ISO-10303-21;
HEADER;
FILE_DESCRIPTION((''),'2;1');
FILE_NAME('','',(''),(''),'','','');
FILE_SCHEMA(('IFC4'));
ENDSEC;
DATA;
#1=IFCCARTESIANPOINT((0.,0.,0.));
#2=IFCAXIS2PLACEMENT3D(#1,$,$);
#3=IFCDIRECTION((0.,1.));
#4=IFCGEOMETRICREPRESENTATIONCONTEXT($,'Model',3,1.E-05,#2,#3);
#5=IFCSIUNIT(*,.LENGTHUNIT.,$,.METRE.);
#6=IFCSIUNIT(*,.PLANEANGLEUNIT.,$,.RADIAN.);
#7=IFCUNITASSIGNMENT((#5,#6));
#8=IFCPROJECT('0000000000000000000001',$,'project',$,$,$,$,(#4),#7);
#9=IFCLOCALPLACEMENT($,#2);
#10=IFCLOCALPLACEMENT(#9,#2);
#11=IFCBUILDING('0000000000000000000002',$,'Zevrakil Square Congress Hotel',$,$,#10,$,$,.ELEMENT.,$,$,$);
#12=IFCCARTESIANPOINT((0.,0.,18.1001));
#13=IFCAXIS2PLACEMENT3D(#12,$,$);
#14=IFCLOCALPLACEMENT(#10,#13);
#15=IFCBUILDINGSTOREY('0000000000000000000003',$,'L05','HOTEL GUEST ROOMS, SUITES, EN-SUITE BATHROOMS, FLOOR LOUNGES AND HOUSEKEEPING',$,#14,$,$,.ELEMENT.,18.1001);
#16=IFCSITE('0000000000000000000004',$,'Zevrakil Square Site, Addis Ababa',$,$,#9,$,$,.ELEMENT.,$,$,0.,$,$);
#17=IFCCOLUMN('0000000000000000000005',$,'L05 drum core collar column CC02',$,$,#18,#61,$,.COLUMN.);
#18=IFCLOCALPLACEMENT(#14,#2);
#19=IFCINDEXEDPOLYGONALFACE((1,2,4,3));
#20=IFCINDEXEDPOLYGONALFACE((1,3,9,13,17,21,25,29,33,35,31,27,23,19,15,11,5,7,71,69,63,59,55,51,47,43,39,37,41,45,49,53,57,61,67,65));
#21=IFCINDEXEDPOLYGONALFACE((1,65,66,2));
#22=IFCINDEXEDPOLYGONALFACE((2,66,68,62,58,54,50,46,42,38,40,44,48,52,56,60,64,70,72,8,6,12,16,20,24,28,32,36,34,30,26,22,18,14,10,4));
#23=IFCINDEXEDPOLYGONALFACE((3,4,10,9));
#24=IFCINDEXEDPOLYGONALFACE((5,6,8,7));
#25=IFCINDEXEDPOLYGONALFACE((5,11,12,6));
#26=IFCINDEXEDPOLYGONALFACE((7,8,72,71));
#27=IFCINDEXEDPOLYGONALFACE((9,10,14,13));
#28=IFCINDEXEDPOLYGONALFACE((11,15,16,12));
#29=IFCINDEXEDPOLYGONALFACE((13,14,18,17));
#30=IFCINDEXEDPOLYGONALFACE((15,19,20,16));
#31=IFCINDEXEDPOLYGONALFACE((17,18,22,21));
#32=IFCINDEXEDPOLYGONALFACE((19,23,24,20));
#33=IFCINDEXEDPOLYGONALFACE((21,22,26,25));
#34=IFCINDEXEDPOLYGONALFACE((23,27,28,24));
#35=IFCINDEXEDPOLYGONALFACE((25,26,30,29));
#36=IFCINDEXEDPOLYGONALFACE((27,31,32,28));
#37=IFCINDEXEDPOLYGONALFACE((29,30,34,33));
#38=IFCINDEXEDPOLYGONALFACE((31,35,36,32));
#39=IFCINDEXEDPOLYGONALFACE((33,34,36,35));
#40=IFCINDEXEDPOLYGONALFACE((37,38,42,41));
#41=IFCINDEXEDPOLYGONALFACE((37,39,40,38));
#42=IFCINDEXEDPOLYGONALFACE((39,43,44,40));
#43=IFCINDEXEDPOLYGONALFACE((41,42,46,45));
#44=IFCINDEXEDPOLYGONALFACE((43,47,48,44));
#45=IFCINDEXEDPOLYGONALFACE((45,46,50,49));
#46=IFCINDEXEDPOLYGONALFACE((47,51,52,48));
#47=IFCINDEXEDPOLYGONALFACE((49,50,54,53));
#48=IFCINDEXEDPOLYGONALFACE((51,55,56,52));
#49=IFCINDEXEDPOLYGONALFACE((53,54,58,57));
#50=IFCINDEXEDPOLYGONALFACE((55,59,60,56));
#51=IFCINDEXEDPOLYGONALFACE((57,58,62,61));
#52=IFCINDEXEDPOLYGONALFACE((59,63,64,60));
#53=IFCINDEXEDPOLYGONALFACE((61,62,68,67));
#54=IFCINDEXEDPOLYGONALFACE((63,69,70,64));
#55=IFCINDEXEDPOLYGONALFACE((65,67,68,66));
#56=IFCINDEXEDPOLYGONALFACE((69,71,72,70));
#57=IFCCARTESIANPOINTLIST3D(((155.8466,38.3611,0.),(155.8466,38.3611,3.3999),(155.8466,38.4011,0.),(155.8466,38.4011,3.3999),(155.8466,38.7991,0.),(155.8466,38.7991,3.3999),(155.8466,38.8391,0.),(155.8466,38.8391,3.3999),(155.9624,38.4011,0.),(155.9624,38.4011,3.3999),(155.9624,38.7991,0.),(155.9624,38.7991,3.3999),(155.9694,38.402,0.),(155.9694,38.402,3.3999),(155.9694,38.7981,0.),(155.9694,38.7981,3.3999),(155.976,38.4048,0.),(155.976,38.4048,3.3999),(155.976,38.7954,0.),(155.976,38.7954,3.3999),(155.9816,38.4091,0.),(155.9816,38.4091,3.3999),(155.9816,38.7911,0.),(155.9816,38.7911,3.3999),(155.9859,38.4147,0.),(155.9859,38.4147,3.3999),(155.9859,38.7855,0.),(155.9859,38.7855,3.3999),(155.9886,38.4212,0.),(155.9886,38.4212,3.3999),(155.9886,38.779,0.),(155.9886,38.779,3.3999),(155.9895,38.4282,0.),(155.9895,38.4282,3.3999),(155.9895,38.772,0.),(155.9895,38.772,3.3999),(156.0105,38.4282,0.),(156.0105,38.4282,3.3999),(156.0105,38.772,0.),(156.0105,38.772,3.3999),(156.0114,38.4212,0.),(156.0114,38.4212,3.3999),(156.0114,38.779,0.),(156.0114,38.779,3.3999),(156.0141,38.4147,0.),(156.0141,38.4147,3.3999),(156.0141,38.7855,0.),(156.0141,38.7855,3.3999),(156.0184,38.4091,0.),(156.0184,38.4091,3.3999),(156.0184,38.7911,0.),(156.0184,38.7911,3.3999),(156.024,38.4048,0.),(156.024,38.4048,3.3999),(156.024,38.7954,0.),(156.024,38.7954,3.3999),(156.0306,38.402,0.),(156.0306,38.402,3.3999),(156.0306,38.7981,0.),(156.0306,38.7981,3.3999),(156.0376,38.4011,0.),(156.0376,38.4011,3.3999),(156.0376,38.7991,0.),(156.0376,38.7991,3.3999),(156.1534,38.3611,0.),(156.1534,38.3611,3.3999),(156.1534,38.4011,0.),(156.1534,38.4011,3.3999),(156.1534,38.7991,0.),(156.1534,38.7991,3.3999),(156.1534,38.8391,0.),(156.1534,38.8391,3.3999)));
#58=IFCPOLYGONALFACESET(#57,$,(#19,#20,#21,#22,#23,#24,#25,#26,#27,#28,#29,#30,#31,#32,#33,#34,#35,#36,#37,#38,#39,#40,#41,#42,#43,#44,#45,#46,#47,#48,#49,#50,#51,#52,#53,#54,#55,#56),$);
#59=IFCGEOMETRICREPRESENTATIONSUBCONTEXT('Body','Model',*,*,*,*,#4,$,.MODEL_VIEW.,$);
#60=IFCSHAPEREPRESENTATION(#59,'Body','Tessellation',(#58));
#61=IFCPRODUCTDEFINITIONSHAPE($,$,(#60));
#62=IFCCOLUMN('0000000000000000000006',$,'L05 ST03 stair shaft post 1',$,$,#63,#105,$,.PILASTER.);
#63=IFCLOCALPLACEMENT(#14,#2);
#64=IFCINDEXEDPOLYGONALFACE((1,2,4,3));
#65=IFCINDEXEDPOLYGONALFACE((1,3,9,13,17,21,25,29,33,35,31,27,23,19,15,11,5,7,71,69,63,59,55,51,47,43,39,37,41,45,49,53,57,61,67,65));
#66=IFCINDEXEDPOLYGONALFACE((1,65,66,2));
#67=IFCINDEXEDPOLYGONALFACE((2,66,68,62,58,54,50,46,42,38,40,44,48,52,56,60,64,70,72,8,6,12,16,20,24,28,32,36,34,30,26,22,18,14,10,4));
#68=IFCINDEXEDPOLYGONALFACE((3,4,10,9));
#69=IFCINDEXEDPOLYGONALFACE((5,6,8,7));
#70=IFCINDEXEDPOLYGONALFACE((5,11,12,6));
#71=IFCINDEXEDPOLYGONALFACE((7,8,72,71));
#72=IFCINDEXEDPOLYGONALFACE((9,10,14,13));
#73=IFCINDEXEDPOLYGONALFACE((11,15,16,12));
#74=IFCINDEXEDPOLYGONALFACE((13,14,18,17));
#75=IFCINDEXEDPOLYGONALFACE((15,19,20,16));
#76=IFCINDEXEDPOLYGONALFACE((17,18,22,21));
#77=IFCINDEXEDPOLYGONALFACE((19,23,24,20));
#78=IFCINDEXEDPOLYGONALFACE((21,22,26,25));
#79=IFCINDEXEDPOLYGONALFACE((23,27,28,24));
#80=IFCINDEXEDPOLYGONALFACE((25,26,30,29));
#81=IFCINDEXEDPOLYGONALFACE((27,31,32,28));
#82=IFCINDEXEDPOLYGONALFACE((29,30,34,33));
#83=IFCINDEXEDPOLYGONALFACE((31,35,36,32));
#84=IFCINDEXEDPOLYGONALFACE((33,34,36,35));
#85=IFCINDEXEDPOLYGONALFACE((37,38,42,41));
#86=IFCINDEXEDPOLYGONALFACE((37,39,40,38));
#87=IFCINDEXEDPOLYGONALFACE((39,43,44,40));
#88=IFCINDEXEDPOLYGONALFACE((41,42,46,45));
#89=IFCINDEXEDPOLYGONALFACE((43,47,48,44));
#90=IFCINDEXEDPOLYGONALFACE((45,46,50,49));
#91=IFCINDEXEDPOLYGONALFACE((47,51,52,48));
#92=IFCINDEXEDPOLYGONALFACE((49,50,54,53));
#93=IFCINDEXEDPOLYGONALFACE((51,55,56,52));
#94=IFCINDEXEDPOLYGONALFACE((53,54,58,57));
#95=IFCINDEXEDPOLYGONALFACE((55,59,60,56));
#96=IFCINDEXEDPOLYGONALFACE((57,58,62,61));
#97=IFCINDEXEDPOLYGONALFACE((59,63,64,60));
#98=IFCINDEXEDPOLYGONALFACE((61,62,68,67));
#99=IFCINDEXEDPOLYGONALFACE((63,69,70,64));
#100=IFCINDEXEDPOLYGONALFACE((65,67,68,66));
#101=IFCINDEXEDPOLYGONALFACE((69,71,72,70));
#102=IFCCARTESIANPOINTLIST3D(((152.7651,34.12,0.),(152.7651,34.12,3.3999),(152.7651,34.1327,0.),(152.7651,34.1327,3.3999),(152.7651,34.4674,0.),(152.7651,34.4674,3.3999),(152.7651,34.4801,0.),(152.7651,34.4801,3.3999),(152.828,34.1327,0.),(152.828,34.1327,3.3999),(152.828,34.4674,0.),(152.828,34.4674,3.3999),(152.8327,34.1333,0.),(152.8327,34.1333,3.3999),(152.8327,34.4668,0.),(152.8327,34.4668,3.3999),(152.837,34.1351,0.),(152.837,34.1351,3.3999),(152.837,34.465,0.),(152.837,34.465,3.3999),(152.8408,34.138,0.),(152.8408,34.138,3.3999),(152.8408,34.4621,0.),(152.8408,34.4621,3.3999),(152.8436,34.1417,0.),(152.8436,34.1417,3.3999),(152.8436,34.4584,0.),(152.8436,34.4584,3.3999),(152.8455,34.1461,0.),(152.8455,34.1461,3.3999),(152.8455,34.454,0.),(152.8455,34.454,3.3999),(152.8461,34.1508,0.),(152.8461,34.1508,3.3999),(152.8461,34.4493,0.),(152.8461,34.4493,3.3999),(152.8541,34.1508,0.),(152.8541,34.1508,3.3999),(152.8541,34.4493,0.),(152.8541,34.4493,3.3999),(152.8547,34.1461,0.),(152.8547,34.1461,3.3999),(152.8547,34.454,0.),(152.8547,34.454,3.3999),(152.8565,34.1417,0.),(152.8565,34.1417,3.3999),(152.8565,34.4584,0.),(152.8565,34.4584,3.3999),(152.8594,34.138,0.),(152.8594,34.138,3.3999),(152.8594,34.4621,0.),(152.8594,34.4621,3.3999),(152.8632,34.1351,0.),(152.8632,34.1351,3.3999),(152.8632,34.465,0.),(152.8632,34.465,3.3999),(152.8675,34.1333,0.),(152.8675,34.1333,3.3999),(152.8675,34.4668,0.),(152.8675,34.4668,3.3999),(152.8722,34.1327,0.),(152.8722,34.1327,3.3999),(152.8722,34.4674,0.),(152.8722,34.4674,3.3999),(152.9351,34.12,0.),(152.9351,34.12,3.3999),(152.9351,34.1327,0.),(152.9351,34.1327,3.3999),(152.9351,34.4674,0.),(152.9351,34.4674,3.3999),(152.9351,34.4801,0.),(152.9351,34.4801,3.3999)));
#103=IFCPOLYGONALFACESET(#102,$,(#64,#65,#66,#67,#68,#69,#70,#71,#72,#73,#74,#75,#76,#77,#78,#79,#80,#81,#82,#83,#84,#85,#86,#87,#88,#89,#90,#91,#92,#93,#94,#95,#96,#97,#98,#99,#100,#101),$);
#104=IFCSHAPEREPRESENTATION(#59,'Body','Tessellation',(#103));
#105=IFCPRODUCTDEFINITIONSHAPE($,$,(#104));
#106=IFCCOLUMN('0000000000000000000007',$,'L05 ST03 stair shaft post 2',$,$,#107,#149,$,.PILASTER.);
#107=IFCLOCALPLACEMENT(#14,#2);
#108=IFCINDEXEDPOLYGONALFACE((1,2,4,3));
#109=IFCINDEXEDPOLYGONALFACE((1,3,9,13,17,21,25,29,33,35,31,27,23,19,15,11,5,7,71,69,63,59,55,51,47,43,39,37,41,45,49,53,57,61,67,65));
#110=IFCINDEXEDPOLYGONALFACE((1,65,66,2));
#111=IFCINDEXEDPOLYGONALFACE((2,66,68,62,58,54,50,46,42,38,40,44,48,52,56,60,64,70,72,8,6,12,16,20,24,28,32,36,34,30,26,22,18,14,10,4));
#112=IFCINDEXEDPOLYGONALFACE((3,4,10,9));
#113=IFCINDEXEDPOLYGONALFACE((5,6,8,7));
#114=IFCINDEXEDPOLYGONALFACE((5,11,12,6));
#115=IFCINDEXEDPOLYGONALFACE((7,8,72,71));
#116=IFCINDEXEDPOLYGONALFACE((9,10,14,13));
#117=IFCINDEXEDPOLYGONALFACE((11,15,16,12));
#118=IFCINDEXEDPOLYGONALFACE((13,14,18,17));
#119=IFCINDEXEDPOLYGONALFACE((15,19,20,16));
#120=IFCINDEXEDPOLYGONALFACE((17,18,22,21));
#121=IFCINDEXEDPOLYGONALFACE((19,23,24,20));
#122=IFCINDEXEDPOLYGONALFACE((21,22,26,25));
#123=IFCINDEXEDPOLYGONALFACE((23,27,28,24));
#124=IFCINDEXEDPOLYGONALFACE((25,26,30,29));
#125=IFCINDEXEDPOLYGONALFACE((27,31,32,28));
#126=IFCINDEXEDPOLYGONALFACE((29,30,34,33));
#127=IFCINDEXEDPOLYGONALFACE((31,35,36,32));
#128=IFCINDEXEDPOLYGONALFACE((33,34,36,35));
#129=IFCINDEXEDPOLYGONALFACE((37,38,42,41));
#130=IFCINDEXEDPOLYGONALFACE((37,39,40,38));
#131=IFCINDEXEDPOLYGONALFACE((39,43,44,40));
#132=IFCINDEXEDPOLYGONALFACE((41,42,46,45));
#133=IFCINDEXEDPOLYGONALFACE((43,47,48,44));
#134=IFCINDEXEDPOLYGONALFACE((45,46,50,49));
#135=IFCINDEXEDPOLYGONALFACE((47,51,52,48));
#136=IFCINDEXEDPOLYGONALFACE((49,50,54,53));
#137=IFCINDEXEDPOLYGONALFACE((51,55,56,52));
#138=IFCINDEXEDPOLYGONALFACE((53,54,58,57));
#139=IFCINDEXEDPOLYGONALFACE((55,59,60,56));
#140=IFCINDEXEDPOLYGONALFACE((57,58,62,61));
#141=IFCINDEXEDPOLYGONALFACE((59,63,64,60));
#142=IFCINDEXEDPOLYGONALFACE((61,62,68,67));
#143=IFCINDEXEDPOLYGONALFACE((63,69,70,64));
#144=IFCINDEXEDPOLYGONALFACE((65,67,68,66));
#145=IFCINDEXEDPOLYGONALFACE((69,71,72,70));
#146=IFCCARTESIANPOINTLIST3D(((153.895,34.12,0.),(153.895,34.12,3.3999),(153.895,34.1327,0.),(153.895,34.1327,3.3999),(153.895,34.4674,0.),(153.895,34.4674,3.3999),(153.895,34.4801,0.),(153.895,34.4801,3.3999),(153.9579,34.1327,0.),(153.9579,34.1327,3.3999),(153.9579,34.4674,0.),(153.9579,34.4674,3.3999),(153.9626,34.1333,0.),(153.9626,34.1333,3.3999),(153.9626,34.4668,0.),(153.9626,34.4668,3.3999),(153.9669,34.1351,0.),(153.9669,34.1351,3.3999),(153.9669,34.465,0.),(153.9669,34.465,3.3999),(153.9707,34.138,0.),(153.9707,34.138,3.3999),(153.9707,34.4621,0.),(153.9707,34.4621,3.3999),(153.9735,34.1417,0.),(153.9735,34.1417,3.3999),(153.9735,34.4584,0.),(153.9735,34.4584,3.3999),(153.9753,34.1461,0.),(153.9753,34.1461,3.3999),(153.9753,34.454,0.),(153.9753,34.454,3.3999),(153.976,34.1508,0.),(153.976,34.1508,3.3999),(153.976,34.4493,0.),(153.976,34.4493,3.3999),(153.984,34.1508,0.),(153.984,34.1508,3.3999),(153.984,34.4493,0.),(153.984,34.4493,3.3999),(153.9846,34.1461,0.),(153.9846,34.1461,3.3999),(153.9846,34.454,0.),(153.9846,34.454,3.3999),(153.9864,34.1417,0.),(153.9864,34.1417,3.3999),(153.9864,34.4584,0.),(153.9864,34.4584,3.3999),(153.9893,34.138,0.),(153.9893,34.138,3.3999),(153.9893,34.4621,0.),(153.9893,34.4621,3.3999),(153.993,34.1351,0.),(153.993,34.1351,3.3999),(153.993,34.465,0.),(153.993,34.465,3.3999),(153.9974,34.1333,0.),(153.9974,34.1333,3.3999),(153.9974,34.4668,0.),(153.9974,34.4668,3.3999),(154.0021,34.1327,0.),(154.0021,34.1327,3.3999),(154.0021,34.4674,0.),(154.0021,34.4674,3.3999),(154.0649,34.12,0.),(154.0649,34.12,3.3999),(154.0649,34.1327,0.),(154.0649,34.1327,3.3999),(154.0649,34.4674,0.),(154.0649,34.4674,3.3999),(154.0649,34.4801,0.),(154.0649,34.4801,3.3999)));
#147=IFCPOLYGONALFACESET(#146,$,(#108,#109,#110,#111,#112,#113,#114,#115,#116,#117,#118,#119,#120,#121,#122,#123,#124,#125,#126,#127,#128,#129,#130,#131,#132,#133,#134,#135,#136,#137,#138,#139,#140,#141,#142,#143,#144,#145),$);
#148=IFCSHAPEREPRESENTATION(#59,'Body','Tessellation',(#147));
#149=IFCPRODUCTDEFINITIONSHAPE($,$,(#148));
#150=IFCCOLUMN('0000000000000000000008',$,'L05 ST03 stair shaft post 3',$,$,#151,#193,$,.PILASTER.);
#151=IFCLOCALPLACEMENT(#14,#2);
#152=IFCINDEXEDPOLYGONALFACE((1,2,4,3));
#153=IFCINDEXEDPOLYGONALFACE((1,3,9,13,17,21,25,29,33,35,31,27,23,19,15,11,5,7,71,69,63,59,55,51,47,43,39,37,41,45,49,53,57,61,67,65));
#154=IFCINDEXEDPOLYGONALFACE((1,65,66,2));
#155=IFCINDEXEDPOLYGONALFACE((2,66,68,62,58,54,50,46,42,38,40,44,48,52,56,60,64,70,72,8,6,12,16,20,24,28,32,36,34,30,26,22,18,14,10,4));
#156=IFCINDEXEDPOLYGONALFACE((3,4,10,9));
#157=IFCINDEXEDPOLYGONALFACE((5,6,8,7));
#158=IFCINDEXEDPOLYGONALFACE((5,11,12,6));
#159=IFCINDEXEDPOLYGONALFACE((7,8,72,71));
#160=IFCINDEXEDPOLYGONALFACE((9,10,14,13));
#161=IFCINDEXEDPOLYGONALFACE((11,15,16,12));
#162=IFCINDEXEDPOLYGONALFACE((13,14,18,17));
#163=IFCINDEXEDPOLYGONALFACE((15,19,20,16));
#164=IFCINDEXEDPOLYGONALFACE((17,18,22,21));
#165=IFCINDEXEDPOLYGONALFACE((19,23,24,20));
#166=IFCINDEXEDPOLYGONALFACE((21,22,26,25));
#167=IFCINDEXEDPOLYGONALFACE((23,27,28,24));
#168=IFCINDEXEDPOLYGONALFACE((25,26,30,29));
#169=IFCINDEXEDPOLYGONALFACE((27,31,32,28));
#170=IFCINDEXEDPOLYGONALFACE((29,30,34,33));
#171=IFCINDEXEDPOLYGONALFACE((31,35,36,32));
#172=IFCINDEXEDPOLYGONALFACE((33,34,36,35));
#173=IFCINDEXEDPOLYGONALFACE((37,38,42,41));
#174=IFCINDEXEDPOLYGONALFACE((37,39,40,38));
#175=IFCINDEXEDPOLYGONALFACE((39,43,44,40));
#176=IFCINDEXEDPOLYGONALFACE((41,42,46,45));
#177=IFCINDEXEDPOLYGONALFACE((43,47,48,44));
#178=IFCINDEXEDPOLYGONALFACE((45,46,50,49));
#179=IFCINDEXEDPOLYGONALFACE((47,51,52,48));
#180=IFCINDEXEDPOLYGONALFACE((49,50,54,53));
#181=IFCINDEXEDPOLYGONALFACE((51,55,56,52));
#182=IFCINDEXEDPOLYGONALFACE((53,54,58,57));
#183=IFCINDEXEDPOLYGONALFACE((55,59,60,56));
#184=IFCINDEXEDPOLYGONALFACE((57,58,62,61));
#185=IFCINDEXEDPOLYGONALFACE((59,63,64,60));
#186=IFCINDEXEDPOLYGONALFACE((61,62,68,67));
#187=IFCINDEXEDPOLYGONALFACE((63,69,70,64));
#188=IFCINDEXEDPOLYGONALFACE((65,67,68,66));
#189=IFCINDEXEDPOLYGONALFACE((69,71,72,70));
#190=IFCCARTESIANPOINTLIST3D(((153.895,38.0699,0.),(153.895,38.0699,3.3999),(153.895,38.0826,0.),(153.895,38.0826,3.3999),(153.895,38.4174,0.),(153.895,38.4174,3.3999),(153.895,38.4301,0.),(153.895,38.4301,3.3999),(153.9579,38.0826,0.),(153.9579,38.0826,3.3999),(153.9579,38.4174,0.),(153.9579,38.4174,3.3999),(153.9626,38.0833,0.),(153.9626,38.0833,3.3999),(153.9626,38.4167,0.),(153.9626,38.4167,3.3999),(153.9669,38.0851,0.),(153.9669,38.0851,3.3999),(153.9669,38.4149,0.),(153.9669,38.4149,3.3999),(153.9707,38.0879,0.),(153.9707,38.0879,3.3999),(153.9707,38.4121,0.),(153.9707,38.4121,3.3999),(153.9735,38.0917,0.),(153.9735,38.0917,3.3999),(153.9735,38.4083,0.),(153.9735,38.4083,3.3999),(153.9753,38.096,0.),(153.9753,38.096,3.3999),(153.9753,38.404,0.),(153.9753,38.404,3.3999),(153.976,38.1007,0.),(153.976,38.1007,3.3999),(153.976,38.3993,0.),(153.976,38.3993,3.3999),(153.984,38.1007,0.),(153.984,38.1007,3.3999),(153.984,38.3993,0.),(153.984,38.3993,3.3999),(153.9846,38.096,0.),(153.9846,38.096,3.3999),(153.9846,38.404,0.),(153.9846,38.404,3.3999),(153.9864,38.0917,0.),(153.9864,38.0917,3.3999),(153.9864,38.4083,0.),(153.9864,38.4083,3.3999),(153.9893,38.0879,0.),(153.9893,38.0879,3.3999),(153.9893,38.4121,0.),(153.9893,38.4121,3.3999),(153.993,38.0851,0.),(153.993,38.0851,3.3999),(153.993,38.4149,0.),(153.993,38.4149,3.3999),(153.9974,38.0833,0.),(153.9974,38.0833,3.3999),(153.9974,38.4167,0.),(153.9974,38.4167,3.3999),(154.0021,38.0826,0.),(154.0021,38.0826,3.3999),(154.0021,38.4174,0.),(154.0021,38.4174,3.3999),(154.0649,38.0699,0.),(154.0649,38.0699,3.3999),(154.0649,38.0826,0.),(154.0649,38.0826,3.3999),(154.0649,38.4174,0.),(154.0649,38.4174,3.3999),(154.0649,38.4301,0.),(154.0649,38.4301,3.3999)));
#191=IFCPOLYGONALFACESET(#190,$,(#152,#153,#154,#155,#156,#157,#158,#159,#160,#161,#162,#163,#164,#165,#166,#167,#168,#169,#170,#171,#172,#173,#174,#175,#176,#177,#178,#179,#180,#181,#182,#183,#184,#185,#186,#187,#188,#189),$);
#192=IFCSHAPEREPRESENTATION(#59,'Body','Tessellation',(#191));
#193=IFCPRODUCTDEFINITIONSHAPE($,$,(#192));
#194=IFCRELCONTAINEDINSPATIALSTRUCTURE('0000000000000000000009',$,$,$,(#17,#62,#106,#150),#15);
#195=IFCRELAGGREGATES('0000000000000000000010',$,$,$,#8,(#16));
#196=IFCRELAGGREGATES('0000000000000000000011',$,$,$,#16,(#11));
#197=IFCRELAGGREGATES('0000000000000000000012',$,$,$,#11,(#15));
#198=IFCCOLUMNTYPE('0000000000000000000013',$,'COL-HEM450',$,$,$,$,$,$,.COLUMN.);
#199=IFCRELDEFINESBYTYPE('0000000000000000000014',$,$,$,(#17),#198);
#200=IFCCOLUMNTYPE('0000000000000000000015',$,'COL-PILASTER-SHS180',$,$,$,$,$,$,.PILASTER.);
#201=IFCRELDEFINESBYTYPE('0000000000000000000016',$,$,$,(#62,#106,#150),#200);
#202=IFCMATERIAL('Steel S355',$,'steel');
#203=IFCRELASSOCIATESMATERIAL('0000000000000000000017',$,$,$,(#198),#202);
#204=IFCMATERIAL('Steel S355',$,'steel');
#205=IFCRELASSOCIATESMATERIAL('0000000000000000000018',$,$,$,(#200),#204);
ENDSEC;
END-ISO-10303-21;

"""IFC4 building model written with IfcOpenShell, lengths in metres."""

from ifc_helpers import new_model, si_unit, direction, frame, origin, origin_2d, place, context, subcontext, project, spatial, i_section, extrude, material, material_profile, profile_set, type_object, element, save


model = new_model("IFC4")

# Units and contexts
model_context = context("Model", 3, precision=1e-05, world=origin(), true_north=direction((0.0, 1.0)))
body_context = subcontext(model_context, "Body", "Model", "MODEL_VIEW")
ifc_project = project(units=[si_unit("LENGTHUNIT", "METRE"), si_unit("PLANEANGLEUNIT", "RADIAN")], contexts=[model_context])

# Site, building, storey
site_placement = place(None, origin())
site = spatial("IfcSite", under=ifc_project, at=site_placement, Name="Zevrakil Square Site, Addis Ababa", CompositionType="ELEMENT", RefElevation=0.0)
building_placement = place(site_placement, origin())
building = spatial("IfcBuilding", under=site, at=building_placement, Name="Zevrakil Square Congress Hotel", CompositionType="ELEMENT")
storey_placement = place(building_placement, frame((0.0, 0.0, 18.1001)))
storey = spatial("IfcBuildingStorey", under=building, at=storey_placement, Name="L05", Description="HOTEL GUEST ROOMS, SUITES, EN-SUITE BATHROOMS, FLOOR LOUNGES AND HOUSEKEEPING", CompositionType="ELEMENT", Elevation=18.1001)

# Columns
ifc_material_1 = material(Name="Steel S355", Category="steel")
ifc_material_profile_1 = material_profile(ifc_material_1, i_section(OverallWidth=0.3069, OverallDepth=0.478, WebThickness=0.021, FlangeThickness=0.04, FilletRadius=0.0271, at=origin_2d()), Name="HEM 450")
ifc_profile_set_1 = profile_set([ifc_material_profile_1], Name="Steel S355")
column_type_1 = type_object("IfcColumnType", Name="COL-HEM450", PredefinedType="COLUMN", material=ifc_profile_set_1)
column_placement = place(storey_placement, frame((156.0, 38.6001, 0.0), z_axis=(0.0, 0.0, 1.0), x_axis=(1.0, 0.0, 0.0)))
element("IfcColumn", 1, at=column_placement, inside=storey, type_object=column_type_1, Name="L05 drum core collar column CC02", PredefinedType="COLUMN", context=body_context, shape_type="SweptSolid", body=[
    extrude(i_section(OverallWidth=0.3069, OverallDepth=0.478, WebThickness=0.021, FlangeThickness=0.04, FilletRadius=0.0271, at=origin_2d()), origin(), (0.0, 0.0, 1.0), 3.3999),
])
ifc_material_2 = material(Name="Steel S355", Category="steel")
ifc_material_profile_2 = material_profile(ifc_material_2, i_section(OverallWidth=0.1699, OverallDepth=0.3601, WebThickness=0.0081, FlangeThickness=0.0127, FilletRadius=0.0181, at=origin_2d()), Name="IPE 360")
ifc_profile_set_2 = profile_set([ifc_material_profile_2], Name="Steel S355")
column_type_2 = type_object("IfcColumnType", Name="COL-PILASTER-SHS180", PredefinedType="PILASTER", material=ifc_profile_set_2)
for number, where, z_axis, x_axis, name in (
    (2, (152.8501, 34.3, 0.0), (0.0, 0.0, 1.0), (1.0, 0.0, 0.0), "L05 ST03 stair shaft post 1"),
    (3, (153.98, 34.3, 0.0), (0.0, 0.0, 1.0), (1.0, 0.0, 0.0), "L05 ST03 stair shaft post 2"),
    (4, (153.98, 38.25, 0.0), (0.0, 0.0, 1.0), (1.0, 0.0, 0.0), "L05 ST03 stair shaft post 3"),
):
    element("IfcColumn", number, at=place(storey_placement, frame(where, z_axis=z_axis, x_axis=x_axis)), inside=storey, type_object=column_type_2, Name=name, PredefinedType="PILASTER", context=body_context, shape_type="SweptSolid", body=[
        extrude(i_section(OverallWidth=0.1699, OverallDepth=0.3601, WebThickness=0.0081, FlangeThickness=0.0127, FilletRadius=0.0181, at=origin_2d()), origin(), (0.0, 0.0, 1.0), 3.3999),
    ])

save(model, "model.ifc")
